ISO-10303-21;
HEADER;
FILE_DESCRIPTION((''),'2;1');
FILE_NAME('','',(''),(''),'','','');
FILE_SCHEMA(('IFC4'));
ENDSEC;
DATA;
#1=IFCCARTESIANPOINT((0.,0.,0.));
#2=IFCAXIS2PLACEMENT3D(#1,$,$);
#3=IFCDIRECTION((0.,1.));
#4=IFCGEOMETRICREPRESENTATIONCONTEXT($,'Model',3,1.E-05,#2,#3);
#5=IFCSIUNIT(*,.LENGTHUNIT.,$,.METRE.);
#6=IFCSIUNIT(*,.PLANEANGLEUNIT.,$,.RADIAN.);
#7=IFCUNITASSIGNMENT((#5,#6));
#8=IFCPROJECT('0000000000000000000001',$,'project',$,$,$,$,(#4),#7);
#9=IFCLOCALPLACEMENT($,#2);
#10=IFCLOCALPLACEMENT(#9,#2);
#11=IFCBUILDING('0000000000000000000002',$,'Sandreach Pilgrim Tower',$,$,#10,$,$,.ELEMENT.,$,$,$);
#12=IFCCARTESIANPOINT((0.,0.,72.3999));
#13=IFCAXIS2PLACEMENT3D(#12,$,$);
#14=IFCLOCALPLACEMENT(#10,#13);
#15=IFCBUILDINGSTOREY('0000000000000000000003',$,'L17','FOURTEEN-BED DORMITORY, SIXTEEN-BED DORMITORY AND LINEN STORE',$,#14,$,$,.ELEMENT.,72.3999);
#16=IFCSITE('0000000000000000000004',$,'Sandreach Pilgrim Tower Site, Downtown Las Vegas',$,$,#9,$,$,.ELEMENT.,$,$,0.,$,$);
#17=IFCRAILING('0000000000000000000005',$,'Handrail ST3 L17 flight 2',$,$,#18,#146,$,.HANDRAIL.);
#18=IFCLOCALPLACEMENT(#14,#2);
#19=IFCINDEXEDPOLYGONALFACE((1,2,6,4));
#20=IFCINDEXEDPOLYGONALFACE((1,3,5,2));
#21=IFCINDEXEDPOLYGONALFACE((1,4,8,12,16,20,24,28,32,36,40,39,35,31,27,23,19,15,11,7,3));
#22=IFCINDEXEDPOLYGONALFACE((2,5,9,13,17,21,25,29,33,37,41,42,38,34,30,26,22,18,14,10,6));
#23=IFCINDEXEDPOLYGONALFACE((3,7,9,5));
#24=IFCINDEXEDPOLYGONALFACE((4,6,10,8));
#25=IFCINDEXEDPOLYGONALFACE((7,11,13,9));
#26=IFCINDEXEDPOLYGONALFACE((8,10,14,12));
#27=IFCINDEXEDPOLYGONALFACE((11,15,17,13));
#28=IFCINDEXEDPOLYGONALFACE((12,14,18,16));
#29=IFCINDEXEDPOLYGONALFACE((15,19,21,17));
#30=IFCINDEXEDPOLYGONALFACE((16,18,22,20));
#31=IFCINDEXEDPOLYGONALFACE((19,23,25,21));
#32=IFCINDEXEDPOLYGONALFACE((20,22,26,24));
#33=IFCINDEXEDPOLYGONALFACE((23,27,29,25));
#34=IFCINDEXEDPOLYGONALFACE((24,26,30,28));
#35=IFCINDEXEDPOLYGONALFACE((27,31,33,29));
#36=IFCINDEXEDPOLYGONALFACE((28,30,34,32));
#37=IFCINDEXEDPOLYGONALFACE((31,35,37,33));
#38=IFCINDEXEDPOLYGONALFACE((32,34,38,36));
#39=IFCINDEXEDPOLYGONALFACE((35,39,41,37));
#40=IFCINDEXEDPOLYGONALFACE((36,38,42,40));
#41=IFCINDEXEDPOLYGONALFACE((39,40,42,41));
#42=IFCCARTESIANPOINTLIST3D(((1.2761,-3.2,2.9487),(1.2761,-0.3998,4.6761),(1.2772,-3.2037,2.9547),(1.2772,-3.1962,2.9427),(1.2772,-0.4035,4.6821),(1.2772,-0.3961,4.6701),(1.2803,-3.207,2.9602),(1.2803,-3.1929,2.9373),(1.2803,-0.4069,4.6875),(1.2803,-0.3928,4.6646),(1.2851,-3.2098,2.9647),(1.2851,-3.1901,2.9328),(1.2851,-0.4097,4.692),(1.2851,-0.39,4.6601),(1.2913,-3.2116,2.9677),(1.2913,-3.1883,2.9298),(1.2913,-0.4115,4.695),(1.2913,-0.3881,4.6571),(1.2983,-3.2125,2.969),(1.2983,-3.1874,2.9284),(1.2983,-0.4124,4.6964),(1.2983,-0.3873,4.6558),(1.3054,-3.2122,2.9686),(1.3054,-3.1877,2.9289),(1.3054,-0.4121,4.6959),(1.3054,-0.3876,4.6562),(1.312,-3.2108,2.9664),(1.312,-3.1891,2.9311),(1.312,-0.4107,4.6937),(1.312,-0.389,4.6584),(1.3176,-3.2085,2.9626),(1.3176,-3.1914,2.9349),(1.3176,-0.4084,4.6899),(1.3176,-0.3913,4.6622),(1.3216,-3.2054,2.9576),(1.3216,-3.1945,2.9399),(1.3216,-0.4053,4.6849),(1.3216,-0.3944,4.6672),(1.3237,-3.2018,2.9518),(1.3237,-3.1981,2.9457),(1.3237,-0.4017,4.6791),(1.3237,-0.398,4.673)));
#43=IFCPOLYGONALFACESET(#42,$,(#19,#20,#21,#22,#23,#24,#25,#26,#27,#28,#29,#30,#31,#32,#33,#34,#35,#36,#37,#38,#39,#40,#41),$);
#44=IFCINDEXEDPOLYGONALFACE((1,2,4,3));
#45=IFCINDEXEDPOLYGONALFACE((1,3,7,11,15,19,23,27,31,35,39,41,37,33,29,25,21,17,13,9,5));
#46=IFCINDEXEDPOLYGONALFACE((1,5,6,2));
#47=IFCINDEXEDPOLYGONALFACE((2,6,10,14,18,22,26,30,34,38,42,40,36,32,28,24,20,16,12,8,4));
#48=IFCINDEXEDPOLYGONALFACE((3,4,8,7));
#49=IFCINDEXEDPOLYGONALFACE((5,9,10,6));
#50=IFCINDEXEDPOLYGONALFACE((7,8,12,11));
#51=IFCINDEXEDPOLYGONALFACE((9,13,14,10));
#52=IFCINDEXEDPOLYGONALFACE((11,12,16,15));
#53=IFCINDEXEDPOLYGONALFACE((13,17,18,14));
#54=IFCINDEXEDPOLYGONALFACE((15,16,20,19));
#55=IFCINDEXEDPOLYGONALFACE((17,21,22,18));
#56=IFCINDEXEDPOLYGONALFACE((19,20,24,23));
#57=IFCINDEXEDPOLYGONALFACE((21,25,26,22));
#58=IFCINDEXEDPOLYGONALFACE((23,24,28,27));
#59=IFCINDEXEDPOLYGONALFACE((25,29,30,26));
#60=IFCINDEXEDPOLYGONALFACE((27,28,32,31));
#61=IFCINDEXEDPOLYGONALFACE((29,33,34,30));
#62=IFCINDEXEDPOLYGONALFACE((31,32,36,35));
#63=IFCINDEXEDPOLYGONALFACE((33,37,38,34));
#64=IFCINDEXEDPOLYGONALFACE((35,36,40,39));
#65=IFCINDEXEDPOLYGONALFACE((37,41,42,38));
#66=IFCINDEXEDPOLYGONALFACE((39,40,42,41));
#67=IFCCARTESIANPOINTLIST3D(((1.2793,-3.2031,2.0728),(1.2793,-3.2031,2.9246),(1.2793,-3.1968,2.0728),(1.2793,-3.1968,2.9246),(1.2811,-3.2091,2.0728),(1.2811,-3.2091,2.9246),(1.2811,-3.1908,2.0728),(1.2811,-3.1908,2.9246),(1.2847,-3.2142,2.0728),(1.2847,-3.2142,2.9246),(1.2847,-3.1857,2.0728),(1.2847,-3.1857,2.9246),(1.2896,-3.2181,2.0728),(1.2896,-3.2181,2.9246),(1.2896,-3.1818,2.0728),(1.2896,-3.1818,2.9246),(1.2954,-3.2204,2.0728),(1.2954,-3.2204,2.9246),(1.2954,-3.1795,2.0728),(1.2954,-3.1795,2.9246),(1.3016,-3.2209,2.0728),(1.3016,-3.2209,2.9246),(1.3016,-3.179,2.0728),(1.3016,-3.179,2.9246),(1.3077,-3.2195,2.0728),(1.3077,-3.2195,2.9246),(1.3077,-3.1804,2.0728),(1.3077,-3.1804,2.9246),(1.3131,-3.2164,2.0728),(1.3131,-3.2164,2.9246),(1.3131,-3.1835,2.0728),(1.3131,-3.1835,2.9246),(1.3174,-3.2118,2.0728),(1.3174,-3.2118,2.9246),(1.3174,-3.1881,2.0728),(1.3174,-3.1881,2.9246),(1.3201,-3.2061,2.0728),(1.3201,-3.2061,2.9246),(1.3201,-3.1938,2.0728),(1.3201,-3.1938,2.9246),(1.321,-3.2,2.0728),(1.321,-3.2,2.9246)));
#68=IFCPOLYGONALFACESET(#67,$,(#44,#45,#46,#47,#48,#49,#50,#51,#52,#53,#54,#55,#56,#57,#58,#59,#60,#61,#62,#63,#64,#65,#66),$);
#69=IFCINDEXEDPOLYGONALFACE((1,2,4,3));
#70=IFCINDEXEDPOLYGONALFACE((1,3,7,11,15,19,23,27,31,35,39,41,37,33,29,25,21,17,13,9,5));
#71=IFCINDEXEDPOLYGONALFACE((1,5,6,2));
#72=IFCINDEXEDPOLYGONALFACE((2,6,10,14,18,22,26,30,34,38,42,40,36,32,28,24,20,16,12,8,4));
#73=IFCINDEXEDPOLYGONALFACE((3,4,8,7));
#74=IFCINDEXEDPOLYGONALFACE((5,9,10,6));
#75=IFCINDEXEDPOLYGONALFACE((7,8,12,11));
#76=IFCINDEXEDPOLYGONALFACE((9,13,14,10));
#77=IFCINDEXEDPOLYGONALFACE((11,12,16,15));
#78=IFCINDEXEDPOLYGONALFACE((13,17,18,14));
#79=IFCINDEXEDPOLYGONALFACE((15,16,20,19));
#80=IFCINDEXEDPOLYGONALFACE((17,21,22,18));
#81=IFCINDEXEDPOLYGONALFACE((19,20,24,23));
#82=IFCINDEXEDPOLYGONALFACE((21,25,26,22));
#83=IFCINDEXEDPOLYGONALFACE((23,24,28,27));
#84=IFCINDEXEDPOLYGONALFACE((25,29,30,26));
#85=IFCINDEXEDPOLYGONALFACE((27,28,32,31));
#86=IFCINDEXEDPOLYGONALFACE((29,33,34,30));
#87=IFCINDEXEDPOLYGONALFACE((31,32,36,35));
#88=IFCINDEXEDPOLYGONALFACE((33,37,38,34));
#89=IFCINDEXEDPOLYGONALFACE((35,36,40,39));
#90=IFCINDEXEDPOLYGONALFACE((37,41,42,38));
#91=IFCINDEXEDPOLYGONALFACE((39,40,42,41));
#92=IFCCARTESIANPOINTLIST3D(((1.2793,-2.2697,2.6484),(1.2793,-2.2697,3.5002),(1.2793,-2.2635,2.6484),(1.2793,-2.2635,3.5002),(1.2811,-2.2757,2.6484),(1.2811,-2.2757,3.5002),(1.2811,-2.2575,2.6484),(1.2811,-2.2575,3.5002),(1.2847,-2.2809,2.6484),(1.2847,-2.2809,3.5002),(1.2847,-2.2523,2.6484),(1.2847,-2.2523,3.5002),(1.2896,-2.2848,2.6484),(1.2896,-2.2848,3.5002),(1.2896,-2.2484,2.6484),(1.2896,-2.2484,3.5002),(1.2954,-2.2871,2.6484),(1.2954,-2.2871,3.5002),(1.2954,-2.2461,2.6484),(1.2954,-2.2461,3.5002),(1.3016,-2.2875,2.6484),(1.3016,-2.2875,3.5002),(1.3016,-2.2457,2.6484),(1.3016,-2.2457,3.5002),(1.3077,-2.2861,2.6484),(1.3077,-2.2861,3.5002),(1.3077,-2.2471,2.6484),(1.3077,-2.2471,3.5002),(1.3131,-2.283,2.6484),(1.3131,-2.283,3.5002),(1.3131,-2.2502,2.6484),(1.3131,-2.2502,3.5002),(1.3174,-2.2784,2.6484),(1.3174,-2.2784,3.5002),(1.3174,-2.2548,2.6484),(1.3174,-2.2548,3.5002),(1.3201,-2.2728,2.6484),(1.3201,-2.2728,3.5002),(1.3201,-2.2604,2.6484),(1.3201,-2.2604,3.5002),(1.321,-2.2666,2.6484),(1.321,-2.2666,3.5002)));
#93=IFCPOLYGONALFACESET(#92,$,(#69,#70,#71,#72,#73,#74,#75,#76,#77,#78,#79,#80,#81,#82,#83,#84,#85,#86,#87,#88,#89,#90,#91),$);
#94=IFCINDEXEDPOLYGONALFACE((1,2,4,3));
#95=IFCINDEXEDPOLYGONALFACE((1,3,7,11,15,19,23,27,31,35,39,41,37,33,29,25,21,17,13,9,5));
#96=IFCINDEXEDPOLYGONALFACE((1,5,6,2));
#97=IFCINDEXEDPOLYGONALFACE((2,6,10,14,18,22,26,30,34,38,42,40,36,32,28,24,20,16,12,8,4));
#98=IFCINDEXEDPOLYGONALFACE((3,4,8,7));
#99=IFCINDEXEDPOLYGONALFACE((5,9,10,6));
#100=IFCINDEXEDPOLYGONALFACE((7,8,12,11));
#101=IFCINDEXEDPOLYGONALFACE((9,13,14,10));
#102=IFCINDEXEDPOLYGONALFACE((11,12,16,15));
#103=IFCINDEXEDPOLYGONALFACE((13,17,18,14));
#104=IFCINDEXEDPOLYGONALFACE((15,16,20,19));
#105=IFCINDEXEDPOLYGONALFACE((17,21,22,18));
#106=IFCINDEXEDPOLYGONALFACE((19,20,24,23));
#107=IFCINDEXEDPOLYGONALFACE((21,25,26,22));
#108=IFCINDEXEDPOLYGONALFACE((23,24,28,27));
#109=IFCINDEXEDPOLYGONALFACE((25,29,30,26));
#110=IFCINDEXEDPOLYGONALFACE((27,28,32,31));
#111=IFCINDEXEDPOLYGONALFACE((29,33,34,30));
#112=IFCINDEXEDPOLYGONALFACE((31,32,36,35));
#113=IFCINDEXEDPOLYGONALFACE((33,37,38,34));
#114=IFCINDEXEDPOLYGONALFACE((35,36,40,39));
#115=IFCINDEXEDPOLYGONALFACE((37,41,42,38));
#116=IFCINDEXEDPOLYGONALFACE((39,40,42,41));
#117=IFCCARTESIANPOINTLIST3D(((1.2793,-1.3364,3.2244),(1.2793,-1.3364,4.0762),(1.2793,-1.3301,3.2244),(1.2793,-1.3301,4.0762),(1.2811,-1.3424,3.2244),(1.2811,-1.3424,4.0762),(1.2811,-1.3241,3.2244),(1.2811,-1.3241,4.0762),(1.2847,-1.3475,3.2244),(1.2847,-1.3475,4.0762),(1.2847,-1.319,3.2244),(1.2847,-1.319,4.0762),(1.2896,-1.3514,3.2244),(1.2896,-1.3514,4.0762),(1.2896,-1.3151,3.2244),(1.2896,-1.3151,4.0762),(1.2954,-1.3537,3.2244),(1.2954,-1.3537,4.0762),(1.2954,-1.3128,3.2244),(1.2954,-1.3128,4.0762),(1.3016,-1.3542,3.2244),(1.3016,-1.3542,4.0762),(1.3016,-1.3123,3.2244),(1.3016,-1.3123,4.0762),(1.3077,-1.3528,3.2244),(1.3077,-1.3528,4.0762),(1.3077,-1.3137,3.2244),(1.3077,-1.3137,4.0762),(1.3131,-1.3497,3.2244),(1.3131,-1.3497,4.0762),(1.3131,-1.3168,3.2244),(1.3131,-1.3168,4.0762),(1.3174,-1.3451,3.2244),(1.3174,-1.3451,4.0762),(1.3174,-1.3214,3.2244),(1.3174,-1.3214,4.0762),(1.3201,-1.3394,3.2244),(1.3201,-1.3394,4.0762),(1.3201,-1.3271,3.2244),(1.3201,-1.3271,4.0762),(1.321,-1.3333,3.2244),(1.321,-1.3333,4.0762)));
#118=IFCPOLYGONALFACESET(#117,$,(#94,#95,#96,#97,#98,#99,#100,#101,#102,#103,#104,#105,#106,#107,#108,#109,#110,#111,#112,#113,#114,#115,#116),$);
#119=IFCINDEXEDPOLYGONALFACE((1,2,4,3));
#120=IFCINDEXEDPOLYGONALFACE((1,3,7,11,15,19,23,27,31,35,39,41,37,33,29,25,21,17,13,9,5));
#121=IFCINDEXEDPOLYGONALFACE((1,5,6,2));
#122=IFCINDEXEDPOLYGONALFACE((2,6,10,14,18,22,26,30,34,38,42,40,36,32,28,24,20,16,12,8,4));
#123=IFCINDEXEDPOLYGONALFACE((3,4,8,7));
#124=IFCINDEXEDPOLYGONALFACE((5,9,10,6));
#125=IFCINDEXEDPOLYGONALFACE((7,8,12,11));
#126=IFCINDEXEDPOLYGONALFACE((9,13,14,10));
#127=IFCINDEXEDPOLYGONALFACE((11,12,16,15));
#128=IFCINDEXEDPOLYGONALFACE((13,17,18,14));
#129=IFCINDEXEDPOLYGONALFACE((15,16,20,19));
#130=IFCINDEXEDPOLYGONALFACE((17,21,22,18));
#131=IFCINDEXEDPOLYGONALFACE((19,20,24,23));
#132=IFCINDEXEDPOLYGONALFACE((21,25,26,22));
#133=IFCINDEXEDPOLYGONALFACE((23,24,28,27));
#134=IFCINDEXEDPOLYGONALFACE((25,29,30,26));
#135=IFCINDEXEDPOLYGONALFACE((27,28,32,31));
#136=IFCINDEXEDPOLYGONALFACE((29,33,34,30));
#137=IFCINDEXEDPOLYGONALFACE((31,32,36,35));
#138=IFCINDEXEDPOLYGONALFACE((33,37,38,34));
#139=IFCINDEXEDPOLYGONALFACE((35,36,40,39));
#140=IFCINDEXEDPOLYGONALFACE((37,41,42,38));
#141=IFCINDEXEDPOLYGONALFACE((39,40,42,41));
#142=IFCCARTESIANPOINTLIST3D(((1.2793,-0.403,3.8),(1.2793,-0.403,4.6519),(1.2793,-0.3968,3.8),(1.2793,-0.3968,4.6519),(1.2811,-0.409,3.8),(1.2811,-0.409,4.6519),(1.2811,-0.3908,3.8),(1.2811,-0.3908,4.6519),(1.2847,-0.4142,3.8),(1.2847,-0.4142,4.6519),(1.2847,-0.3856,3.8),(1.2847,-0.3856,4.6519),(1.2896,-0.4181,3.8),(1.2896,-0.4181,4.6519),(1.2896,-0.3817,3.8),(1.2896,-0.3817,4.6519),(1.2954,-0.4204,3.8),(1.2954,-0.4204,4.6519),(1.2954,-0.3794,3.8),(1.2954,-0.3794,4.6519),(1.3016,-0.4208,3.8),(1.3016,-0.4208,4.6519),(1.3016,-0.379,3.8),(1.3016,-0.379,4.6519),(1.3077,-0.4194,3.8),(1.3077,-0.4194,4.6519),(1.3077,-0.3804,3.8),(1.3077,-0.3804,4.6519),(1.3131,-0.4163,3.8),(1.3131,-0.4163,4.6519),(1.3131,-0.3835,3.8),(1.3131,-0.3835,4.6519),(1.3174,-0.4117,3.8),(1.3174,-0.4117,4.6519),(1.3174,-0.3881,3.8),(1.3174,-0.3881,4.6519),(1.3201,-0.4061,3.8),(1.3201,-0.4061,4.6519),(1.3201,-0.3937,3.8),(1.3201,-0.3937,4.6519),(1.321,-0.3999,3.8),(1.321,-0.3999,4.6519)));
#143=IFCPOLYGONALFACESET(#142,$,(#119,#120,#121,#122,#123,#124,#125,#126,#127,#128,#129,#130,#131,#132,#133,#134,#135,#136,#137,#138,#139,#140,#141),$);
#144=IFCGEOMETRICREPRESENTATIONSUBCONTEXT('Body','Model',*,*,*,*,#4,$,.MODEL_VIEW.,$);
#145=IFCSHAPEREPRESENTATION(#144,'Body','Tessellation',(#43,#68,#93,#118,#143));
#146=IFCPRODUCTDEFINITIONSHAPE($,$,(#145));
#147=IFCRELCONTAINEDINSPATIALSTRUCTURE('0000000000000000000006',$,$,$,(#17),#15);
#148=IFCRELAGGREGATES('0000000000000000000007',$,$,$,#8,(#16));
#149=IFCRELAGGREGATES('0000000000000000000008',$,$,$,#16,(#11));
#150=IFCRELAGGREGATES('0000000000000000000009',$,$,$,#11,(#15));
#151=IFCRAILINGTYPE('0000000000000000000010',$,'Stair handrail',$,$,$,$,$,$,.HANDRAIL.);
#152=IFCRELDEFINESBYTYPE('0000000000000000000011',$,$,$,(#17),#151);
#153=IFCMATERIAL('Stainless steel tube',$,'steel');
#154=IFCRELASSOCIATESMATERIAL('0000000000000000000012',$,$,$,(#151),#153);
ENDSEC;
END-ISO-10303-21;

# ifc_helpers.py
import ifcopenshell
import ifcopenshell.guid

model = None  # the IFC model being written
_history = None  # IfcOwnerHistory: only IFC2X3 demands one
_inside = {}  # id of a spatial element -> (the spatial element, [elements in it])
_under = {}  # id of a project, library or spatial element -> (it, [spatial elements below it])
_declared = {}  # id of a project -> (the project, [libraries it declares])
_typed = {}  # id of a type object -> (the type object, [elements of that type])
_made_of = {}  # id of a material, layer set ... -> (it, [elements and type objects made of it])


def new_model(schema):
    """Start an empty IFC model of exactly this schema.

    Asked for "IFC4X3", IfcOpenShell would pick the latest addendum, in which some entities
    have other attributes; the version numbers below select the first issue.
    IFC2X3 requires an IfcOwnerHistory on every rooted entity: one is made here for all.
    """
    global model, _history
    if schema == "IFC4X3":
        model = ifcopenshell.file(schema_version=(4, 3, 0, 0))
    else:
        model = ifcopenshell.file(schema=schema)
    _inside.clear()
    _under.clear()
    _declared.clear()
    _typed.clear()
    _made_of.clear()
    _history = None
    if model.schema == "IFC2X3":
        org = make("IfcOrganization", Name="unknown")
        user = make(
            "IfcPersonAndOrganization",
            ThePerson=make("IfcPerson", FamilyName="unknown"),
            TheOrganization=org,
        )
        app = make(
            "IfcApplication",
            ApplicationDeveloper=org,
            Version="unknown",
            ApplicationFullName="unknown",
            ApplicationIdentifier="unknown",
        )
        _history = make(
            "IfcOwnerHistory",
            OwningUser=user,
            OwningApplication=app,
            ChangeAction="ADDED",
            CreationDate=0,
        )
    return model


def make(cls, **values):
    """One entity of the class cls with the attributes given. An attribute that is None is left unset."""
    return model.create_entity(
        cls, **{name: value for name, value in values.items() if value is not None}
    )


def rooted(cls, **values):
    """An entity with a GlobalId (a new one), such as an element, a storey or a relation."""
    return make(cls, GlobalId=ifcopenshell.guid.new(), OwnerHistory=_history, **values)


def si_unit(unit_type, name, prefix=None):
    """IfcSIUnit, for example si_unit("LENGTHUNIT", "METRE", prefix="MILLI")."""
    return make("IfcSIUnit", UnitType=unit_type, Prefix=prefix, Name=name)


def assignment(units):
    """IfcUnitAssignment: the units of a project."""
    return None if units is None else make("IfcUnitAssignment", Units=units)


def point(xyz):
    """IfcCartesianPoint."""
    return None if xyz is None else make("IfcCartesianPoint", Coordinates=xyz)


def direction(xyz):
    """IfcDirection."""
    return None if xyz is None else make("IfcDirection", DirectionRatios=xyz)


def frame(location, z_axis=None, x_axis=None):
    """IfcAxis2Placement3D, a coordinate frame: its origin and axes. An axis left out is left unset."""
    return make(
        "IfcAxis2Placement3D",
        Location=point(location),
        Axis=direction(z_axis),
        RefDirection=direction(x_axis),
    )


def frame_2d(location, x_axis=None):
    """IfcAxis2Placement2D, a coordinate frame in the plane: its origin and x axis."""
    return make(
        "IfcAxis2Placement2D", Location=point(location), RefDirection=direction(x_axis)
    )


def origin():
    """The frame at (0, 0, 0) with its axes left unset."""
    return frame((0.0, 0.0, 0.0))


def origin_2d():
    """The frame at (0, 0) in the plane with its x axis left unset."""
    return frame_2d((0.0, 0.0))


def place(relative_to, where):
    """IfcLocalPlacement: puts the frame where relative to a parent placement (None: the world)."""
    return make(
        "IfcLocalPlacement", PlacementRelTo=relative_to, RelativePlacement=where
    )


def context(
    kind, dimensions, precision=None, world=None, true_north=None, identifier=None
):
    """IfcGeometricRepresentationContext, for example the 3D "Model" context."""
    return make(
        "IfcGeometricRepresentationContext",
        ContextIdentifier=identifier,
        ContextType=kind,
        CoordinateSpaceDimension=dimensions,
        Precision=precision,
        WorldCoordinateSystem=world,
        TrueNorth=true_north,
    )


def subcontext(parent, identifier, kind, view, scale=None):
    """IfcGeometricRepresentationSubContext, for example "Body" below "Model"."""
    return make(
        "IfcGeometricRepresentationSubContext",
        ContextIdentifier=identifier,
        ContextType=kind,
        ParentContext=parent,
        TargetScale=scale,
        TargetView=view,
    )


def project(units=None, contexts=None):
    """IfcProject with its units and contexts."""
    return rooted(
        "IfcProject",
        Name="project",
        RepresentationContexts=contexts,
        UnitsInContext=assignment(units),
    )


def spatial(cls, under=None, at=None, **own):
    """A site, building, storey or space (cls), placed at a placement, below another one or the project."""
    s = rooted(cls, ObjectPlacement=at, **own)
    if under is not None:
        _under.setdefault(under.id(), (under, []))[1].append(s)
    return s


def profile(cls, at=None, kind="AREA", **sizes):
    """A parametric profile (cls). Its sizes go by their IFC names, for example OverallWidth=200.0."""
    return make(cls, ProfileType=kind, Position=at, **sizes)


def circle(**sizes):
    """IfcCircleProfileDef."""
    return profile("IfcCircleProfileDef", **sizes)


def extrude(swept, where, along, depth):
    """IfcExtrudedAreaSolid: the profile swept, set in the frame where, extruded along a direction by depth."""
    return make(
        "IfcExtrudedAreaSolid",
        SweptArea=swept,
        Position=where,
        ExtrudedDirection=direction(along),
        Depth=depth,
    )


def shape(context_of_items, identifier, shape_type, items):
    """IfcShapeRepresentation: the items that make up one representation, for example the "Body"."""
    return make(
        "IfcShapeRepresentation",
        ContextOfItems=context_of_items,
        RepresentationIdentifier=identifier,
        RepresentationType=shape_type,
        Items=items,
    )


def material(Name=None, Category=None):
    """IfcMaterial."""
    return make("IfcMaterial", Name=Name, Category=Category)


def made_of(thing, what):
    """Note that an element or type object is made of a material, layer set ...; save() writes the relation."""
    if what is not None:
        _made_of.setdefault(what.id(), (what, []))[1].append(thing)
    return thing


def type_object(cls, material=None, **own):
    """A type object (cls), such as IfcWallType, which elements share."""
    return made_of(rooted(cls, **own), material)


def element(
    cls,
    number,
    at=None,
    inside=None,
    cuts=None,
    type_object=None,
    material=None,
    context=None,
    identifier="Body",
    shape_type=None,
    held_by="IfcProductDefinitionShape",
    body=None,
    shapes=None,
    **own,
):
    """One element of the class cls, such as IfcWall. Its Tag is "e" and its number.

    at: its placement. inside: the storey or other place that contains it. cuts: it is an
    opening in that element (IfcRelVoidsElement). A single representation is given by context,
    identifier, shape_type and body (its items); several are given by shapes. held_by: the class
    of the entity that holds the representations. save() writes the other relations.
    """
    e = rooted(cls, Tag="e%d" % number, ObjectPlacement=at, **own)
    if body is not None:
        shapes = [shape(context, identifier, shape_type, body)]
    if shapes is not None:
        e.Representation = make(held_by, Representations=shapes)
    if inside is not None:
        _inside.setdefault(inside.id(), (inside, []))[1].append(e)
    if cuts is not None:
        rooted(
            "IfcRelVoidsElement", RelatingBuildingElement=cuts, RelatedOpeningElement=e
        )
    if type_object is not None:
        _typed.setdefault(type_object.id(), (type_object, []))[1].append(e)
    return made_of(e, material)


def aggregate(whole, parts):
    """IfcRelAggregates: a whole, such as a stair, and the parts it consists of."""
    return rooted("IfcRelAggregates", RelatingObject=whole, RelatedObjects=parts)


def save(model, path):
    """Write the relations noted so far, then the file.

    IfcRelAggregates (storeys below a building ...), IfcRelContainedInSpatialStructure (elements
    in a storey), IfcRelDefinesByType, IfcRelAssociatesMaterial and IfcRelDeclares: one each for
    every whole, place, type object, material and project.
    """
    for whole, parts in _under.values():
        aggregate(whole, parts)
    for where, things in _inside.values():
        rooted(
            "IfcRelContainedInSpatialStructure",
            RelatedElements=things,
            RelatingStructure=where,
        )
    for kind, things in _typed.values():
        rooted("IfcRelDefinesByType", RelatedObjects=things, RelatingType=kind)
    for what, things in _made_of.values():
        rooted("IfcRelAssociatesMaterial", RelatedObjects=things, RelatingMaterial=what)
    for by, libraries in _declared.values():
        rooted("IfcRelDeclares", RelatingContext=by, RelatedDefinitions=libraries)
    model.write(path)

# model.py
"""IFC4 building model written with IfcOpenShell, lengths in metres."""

from ifc_helpers import new_model, si_unit, direction, frame, origin, origin_2d, place, context, subcontext, project, spatial, circle, extrude, material, type_object, element, save


model = new_model("IFC4")

# Units and contexts
model_context = context("Model", 3, precision=1e-05, world=origin(), true_north=direction((0.0, 1.0)))
body_context = subcontext(model_context, "Body", "Model", "MODEL_VIEW")
ifc_project = project(units=[si_unit("LENGTHUNIT", "METRE"), si_unit("PLANEANGLEUNIT", "RADIAN")], contexts=[model_context])

# Site, building, storey
site_placement = place(None, origin())
site = spatial("IfcSite", under=ifc_project, at=site_placement, Name="Sandreach Pilgrim Tower Site, Downtown Las Vegas", CompositionType="ELEMENT", RefElevation=0.0)
building_placement = place(site_placement, origin())
building = spatial("IfcBuilding", under=site, at=building_placement, Name="Sandreach Pilgrim Tower", CompositionType="ELEMENT")
storey_placement = place(building_placement, frame((0.0, 0.0, 72.3999)))
storey = spatial("IfcBuildingStorey", under=building, at=storey_placement, Name="L17", Description="FOURTEEN-BED DORMITORY, SIXTEEN-BED DORMITORY AND LINEN STORE", CompositionType="ELEMENT", Elevation=72.3999)

# Railing
ifc_material_1 = material(Name="Stainless steel tube", Category="steel")
railing_type = type_object("IfcRailingType", Name="Stair handrail", PredefinedType="HANDRAIL", material=ifc_material_1)
for number, where, name in (
    (1, (1.3, -3.2, 2.0728), "Handrail ST3 L17 flight 2"),
):
    element("IfcRailing", number, at=place(storey_placement, frame(where)), inside=storey, type_object=railing_type, Name=name, PredefinedType="HANDRAIL", context=body_context, shape_type="SweptSolid", body=[
        extrude(circle(Radius=0.0239, at=origin_2d()), frame((0.0, 0.0, 0.876), z_axis=(0.0, 0.85109, 0.52502), x_axis=(-1.0, 0.0, 0.0)), (0.0, 0.0, 1.0), 3.29),
        extrude(circle(Radius=0.021, at=origin_2d()), origin(), (0.0, 0.0, 1.0), 0.8518),
        extrude(circle(Radius=0.021, at=origin_2d()), frame((0.0, 0.9333, 0.5757)), (0.0, 0.0, 1.0), 0.8518),
        extrude(circle(Radius=0.021, at=origin_2d()), frame((0.0, 1.8667, 1.1516)), (0.0, 0.0, 1.0), 0.8518),
        extrude(circle(Radius=0.021, at=origin_2d()), frame((0.0, 2.8, 1.7273)), (0.0, 0.0, 1.0), 0.8518),
    ])

save(model, "model.ifc")
